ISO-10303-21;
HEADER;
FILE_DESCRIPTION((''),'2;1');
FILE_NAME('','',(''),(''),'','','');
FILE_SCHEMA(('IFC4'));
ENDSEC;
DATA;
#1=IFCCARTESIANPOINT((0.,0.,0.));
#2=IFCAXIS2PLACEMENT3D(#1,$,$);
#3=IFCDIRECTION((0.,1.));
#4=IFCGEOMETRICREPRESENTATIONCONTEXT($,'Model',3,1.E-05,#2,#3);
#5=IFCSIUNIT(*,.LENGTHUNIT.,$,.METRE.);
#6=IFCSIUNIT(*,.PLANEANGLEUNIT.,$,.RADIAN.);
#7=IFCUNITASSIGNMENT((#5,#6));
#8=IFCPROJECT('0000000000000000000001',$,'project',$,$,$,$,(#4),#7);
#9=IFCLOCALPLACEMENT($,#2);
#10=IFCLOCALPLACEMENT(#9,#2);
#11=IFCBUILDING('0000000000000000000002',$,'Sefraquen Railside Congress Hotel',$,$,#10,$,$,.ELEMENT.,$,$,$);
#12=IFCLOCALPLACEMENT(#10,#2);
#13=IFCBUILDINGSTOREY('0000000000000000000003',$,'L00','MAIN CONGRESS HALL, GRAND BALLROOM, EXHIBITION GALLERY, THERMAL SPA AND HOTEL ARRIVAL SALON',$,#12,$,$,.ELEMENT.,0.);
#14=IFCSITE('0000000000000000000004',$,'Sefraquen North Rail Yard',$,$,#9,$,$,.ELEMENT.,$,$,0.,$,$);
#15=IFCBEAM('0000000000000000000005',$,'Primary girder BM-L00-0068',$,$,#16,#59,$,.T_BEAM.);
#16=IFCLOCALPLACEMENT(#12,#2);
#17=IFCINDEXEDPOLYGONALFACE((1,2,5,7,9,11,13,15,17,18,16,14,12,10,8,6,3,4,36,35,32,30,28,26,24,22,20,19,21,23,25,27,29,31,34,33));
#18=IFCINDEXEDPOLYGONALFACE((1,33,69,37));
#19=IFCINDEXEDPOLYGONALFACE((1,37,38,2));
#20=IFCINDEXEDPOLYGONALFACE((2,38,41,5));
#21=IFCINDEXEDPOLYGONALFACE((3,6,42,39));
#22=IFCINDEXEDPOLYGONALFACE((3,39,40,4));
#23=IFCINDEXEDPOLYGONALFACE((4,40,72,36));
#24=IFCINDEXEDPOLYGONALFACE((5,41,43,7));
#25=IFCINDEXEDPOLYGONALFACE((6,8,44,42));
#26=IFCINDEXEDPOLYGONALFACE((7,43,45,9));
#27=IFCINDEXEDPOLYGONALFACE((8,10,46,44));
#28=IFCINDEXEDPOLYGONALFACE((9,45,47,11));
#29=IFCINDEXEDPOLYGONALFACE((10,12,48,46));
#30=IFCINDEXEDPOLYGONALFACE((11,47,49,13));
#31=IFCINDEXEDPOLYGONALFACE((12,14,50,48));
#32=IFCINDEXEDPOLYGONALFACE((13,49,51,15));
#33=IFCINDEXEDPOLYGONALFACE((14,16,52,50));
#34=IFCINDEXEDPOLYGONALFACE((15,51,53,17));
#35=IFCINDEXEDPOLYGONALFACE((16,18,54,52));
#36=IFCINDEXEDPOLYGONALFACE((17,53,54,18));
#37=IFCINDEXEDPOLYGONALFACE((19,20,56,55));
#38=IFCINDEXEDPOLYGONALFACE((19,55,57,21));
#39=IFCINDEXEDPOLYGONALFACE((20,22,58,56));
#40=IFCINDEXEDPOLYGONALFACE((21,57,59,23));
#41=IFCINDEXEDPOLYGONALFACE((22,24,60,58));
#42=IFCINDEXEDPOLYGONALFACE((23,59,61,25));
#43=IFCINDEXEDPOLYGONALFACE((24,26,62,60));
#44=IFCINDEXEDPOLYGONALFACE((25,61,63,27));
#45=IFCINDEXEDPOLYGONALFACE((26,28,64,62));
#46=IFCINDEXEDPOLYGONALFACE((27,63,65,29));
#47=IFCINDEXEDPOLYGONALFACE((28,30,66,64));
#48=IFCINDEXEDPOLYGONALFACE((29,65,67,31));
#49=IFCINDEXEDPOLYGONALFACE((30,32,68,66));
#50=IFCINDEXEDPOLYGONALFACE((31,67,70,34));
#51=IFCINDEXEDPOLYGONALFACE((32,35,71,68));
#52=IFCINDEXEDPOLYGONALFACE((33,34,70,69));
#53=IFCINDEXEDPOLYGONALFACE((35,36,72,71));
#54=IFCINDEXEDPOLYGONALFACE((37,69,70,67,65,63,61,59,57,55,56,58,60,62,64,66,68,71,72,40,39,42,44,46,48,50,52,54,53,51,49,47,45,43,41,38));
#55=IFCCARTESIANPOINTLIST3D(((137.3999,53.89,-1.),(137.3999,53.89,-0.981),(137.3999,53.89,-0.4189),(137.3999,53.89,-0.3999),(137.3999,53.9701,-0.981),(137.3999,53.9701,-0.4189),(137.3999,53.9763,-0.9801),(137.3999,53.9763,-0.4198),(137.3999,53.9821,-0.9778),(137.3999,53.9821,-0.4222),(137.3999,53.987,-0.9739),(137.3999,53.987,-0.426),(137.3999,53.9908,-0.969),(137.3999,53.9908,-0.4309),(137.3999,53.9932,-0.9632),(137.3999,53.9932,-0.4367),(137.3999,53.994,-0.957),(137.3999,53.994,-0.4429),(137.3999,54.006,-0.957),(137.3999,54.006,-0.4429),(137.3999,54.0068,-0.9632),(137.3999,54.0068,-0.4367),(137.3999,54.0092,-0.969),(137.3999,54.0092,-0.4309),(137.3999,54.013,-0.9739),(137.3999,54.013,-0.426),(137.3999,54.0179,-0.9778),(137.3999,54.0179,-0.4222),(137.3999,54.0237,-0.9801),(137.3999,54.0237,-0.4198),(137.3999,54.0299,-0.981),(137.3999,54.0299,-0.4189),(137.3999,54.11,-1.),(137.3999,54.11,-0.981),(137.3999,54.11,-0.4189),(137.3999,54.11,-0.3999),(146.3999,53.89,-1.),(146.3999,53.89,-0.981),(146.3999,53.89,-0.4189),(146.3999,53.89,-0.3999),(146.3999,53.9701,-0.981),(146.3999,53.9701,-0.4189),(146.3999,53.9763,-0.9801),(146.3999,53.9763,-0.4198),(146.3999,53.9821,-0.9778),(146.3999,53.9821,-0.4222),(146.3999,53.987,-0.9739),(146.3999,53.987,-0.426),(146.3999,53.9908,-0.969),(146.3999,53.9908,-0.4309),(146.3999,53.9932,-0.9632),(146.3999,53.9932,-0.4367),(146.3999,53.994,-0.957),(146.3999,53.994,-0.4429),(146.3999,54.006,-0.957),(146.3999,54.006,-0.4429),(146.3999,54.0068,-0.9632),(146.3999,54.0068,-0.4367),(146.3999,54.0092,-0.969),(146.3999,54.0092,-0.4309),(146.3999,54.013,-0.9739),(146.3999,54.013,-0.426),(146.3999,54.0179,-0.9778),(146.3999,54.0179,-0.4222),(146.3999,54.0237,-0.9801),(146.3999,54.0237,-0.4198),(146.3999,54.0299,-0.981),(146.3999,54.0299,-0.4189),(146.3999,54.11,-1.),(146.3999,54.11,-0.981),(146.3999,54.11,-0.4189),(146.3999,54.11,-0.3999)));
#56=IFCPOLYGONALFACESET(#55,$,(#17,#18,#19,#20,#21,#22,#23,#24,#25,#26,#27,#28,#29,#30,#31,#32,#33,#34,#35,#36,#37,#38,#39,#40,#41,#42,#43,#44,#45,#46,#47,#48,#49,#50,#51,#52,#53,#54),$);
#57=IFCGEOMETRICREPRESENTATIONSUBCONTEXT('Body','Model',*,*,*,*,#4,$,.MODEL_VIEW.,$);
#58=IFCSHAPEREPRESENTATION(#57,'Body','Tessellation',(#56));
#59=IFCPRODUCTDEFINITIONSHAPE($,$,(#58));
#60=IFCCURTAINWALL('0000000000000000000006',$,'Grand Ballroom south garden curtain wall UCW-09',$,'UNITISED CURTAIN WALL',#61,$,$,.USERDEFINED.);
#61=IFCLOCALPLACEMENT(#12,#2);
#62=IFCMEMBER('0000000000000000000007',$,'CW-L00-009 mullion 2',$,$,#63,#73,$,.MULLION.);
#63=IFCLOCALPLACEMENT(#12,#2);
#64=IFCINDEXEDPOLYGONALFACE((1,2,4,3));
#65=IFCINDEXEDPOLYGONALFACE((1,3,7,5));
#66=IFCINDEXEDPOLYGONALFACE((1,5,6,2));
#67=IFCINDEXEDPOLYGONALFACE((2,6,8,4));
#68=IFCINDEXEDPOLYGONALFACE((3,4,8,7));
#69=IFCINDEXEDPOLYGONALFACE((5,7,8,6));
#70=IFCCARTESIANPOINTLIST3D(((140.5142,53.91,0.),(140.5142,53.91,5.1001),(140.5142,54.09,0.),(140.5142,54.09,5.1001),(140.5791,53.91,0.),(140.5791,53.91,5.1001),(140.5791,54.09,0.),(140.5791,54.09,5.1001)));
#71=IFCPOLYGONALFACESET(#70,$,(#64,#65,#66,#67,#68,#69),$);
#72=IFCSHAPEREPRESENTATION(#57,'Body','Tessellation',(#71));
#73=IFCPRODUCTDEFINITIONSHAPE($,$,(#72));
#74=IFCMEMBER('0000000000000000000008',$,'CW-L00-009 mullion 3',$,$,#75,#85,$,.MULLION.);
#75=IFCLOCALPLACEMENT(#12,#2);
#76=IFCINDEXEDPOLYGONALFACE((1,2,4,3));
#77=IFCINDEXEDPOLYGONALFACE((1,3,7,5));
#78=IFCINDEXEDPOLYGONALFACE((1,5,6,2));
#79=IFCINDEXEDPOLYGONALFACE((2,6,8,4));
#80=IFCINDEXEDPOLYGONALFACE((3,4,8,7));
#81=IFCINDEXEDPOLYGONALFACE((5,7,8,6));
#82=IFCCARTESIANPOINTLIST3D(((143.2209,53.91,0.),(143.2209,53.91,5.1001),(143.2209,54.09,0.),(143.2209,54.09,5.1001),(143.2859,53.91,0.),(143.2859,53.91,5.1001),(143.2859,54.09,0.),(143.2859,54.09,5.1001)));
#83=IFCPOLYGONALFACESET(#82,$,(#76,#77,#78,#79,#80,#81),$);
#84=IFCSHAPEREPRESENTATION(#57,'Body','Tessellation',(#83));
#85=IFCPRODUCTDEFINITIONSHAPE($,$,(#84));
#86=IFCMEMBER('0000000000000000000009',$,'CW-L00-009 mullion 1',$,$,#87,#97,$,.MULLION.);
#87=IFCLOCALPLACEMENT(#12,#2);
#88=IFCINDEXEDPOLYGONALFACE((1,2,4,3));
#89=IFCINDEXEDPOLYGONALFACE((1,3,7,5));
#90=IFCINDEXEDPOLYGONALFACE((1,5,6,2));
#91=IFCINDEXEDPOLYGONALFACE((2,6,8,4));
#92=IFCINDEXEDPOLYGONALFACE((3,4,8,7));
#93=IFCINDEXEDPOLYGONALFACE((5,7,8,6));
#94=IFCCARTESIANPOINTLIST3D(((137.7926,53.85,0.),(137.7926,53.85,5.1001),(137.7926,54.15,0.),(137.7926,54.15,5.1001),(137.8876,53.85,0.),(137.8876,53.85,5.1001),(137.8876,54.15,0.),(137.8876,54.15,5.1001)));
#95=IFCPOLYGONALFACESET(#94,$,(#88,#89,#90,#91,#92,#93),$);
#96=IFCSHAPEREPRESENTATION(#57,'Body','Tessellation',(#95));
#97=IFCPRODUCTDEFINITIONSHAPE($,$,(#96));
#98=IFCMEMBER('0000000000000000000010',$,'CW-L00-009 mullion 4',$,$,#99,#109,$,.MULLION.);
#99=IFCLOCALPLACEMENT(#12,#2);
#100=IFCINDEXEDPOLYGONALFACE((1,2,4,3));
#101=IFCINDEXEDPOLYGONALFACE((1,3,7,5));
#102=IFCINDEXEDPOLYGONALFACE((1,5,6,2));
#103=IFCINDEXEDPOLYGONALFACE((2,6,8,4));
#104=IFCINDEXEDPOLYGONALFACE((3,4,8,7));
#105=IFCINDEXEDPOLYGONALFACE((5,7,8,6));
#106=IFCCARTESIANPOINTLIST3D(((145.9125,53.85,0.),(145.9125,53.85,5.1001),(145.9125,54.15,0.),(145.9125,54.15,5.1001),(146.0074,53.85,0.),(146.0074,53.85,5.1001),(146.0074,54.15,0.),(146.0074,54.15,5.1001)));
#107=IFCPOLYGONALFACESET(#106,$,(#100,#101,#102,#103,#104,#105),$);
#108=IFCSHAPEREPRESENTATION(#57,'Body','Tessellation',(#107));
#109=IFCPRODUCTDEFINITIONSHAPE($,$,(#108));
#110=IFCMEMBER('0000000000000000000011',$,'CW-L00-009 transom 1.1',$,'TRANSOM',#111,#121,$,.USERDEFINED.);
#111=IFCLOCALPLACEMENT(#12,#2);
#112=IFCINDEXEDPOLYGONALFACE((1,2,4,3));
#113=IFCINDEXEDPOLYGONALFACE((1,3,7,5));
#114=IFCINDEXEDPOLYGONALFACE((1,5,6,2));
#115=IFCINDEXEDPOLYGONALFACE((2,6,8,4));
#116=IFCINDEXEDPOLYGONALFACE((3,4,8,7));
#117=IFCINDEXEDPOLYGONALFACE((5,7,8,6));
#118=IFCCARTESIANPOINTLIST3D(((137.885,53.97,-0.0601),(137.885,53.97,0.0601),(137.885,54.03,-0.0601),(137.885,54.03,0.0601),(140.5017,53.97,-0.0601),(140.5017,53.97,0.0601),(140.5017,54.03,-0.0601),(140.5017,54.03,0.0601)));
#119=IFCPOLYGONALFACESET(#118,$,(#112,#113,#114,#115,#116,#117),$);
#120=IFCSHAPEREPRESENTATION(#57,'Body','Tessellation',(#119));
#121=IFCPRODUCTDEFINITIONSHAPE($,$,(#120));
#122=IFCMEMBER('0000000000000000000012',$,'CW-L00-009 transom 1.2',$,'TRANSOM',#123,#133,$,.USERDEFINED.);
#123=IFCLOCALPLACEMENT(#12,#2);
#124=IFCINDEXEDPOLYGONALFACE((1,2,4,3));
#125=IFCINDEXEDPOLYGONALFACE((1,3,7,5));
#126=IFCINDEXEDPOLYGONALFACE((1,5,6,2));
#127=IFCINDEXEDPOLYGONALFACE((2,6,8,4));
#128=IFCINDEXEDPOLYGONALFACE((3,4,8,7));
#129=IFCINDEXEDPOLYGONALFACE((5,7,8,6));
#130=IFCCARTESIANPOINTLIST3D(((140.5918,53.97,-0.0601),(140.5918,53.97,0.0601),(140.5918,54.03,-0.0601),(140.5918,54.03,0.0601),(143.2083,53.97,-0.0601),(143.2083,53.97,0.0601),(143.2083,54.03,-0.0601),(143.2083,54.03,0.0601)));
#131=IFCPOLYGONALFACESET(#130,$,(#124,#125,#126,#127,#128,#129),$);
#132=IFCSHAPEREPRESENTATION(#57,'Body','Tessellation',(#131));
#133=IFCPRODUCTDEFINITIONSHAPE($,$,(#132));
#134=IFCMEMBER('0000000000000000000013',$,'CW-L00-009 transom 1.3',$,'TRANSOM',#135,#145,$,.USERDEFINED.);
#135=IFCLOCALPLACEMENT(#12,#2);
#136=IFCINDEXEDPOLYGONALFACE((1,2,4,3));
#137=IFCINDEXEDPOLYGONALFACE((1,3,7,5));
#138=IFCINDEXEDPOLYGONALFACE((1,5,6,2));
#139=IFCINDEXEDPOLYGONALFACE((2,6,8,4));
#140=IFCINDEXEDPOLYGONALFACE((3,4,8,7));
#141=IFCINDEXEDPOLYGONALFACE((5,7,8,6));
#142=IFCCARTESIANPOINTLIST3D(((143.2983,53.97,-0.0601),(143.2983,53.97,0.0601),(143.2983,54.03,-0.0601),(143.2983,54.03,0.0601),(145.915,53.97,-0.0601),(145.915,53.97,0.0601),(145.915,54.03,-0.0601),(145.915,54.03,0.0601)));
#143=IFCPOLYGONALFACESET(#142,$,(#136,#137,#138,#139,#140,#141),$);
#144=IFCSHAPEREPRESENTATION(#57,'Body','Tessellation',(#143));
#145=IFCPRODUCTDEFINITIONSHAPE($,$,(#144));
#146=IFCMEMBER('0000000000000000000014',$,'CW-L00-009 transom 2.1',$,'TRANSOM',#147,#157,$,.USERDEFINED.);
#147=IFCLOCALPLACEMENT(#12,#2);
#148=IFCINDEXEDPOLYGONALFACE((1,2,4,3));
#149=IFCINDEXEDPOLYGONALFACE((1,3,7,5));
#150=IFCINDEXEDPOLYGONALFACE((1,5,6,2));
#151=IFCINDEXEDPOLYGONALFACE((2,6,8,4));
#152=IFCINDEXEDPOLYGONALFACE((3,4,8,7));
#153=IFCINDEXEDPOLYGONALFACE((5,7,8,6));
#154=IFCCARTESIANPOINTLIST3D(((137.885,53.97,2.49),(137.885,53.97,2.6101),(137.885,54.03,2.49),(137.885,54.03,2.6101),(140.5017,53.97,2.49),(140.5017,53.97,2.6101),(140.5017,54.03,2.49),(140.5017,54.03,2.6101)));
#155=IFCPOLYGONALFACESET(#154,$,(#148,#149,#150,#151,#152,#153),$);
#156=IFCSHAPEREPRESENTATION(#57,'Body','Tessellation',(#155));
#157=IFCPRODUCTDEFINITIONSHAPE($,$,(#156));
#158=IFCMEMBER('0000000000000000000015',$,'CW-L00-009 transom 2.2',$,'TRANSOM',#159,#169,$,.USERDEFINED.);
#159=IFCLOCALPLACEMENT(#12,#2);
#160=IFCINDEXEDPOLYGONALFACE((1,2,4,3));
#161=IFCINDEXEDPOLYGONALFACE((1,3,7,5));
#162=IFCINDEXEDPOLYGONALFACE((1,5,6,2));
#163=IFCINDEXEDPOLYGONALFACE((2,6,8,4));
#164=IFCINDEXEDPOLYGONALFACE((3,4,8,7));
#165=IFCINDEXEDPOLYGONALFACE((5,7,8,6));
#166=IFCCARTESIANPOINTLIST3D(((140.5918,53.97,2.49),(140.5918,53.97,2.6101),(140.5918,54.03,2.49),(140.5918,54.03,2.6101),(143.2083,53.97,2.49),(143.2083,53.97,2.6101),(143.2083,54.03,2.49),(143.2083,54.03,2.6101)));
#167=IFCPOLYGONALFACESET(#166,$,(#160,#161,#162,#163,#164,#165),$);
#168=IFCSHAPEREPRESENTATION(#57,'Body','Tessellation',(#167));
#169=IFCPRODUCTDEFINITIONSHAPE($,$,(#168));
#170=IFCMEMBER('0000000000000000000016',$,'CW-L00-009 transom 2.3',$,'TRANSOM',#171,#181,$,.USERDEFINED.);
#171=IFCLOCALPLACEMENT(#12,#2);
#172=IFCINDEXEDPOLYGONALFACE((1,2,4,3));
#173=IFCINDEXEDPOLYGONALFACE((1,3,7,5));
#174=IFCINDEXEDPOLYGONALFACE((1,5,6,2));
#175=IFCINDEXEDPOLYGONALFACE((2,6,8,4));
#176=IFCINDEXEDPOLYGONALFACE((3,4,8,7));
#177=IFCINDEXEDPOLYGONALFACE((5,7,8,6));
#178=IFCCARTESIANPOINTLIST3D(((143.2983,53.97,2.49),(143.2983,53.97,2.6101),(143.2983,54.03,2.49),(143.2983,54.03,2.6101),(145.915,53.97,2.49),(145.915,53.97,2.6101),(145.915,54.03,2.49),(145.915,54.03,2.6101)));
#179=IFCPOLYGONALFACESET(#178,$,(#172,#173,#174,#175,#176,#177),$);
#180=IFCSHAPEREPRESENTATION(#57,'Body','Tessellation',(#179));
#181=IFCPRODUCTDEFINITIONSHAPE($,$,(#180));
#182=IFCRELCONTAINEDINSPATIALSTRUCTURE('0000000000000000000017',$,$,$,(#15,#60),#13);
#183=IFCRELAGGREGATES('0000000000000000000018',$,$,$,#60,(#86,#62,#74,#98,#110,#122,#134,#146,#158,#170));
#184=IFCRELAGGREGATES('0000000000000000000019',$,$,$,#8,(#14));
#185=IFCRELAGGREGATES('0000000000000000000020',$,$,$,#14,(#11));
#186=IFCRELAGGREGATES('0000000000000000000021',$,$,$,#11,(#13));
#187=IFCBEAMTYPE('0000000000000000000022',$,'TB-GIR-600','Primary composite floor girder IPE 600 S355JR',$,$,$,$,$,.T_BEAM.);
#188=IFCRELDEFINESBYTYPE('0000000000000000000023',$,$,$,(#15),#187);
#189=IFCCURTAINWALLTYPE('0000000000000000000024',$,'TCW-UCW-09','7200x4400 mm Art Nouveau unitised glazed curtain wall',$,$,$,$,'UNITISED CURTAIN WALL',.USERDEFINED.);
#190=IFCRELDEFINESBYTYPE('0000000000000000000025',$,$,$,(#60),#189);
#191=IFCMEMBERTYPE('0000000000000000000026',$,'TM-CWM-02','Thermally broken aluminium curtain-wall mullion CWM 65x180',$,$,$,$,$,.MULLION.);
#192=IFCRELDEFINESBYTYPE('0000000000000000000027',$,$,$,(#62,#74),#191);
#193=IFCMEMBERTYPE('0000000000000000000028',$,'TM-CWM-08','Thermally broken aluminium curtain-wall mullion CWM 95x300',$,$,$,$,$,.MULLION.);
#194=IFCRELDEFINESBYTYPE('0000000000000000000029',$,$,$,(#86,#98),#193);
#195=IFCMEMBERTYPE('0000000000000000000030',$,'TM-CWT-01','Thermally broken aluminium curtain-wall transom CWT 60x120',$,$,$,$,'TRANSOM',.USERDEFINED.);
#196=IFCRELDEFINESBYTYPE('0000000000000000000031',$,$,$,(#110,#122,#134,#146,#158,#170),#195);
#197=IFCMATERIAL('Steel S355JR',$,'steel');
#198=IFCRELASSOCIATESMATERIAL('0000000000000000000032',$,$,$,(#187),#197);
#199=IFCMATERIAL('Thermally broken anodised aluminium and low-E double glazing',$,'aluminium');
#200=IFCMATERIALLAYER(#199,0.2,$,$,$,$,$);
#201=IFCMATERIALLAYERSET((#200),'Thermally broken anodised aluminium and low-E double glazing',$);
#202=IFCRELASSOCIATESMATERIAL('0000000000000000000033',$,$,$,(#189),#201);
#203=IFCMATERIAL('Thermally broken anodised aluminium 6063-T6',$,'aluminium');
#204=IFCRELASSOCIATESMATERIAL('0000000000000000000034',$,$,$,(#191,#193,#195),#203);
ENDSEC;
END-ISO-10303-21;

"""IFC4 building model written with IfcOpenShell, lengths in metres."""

from ifc_helpers import new_model, si_unit, direction, frame, origin, origin_2d, place, context, subcontext, project, spatial, rectangle, i_section, extrude, material, layer, layer_set, material_profile, profile_set, type_object, element, aggregate, save


model = new_model("IFC4")

# Units and contexts
model_context = context("Model", 3, precision=1e-05, world=origin(), true_north=direction((0.0, 1.0)))
body_context = subcontext(model_context, "Body", "Model", "MODEL_VIEW")
ifc_project = project(units=[si_unit("LENGTHUNIT", "METRE"), si_unit("PLANEANGLEUNIT", "RADIAN")], contexts=[model_context])

# Site, building, storey
site_placement = place(None, origin())
site = spatial("IfcSite", under=ifc_project, at=site_placement, Name="Sefraquen North Rail Yard", CompositionType="ELEMENT", RefElevation=0.0)
building_placement = place(site_placement, origin())
building = spatial("IfcBuilding", under=site, at=building_placement, Name="Sefraquen Railside Congress Hotel", CompositionType="ELEMENT")
storey_placement = place(building_placement, origin())
storey = spatial("IfcBuildingStorey", under=building, at=storey_placement, Name="L00", Description="MAIN CONGRESS HALL, GRAND BALLROOM, EXHIBITION GALLERY, THERMAL SPA AND HOTEL ARRIVAL SALON", CompositionType="ELEMENT", Elevation=0.0)

# Shared definitions
ifc_material_1 = material(Name="Steel S355JR", Category="steel")

# Beam
ifc_material_profile_1 = material_profile(ifc_material_1, i_section(OverallWidth=0.22, OverallDepth=0.6001, WebThickness=0.012, FlangeThickness=0.019, FilletRadius=0.0239, at=origin_2d()), Name="IPE 600")
ifc_profile_set_1 = profile_set([ifc_material_profile_1], Name="Steel S355JR")
beam_type_1 = type_object("IfcBeamType", Name="TB-GIR-600", Description="Primary composite floor girder IPE 600 S355JR", PredefinedType="T_BEAM", material=ifc_profile_set_1)
for number, where, z_axis, x_axis, name in (
    (1, (137.3999, 54.0, -0.7), (1.0, 0.0, 0.0), (0.0, 1.0, 0.0), "Primary girder BM-L00-0068"),
):
    element("IfcBeam", number, at=place(storey_placement, frame(where, z_axis=z_axis, x_axis=x_axis)), inside=storey, type_object=beam_type_1, Name=name, PredefinedType="T_BEAM", context=body_context, shape_type="SweptSolid", body=[
        extrude(i_section(OverallWidth=0.22, OverallDepth=0.6001, WebThickness=0.012, FlangeThickness=0.019, FilletRadius=0.0239, at=origin_2d()), origin(), (0.0, 0.0, 1.0), 9.0),
    ])

# Curtain wall, members
ifc_material_2 = material(Name="Thermally broken anodised aluminium and low-E double glazing", Category="aluminium")
ifc_layer_1 = layer(ifc_material_2, 0.2)
ifc_layer_set_1 = layer_set([ifc_layer_1], Name="Thermally broken anodised aluminium and low-E double glazing")
curtain_wall_type = type_object("IfcCurtainWallType", Name="TCW-UCW-09", Description="7200x4400 mm Art Nouveau unitised glazed curtain wall", ElementType="UNITISED CURTAIN WALL", PredefinedType="USERDEFINED", material=ifc_layer_set_1)
curtain_wall_placement = place(storey_placement, origin())
curtain_wall = element("IfcCurtainWall", 2, at=curtain_wall_placement, inside=storey, type_object=curtain_wall_type, Name="Grand Ballroom south garden curtain wall UCW-09", ObjectType="UNITISED CURTAIN WALL", PredefinedType="USERDEFINED")
ifc_material_3 = material(Name="Thermally broken anodised aluminium 6063-T6", Category="aluminium")
ifc_material_profile_2 = material_profile(ifc_material_3, rectangle(XDim=0.0649, YDim=0.1799, at=origin_2d()), Name="CWM 65x180")
ifc_profile_set_2 = profile_set([ifc_material_profile_2], Name="Thermally broken anodised aluminium 6063-T6")
member_type_1 = type_object("IfcMemberType", Name="TM-CWM-02", Description="Thermally broken aluminium curtain-wall mullion CWM 65x180", PredefinedType="MULLION", material=ifc_profile_set_2)
member_1_placement = place(storey_placement, frame((140.5466, 54.0, 0.0), z_axis=(0.0, 0.0, 1.0), x_axis=(1.0, 0.0, 0.0)))
member_1 = element("IfcMember", 3, at=member_1_placement, type_object=member_type_1, Name="CW-L00-009 mullion 2", PredefinedType="MULLION", context=body_context, shape_type="SweptSolid", body=[
    extrude(rectangle(XDim=0.0649, YDim=0.1799, at=origin_2d()), origin(), (0.0, 0.0, 1.0), 5.1001),
])
member_2_placement = place(storey_placement, frame((143.2534, 54.0, 0.0), z_axis=(0.0, 0.0, 1.0), x_axis=(1.0, 0.0, 0.0)))
member_2 = element("IfcMember", 4, at=member_2_placement, type_object=member_type_1, Name="CW-L00-009 mullion 3", PredefinedType="MULLION", context=body_context, shape_type="SweptSolid", body=[
    extrude(rectangle(XDim=0.0649, YDim=0.1799, at=origin_2d()), origin(), (0.0, 0.0, 1.0), 5.1001),
])
ifc_material_profile_3 = material_profile(ifc_material_3, rectangle(XDim=0.095, YDim=0.3, at=origin_2d()), Name="CWM 95x300")
ifc_profile_set_3 = profile_set([ifc_material_profile_3], Name="Thermally broken anodised aluminium 6063-T6")
member_type_2 = type_object("IfcMemberType", Name="TM-CWM-08", Description="Thermally broken aluminium curtain-wall mullion CWM 95x300", PredefinedType="MULLION", material=ifc_profile_set_3)
member_3_placement = place(storey_placement, frame((137.8401, 54.0, 0.0), z_axis=(0.0, 0.0, 1.0), x_axis=(1.0, 0.0, 0.0)))
member_3 = element("IfcMember", 5, at=member_3_placement, type_object=member_type_2, Name="CW-L00-009 mullion 1", PredefinedType="MULLION", context=body_context, shape_type="SweptSolid", body=[
    extrude(rectangle(XDim=0.095, YDim=0.3, at=origin_2d()), origin(), (0.0, 0.0, 1.0), 5.1001),
])
member_4_placement = place(storey_placement, frame((145.96, 54.0, 0.0), z_axis=(0.0, 0.0, 1.0), x_axis=(1.0, 0.0, 0.0)))
member_4 = element("IfcMember", 6, at=member_4_placement, type_object=member_type_2, Name="CW-L00-009 mullion 4", PredefinedType="MULLION", context=body_context, shape_type="SweptSolid", body=[
    extrude(rectangle(XDim=0.095, YDim=0.3, at=origin_2d()), origin(), (0.0, 0.0, 1.0), 5.1001),
])
ifc_material_profile_4 = material_profile(ifc_material_3, rectangle(XDim=0.0601, YDim=0.1201, at=origin_2d()), Name="CWT 60x120")
ifc_profile_set_4 = profile_set([ifc_material_profile_4], Name="Thermally broken anodised aluminium 6063-T6")
member_type_3 = type_object("IfcMemberType", Name="TM-CWT-01", Description="Thermally broken aluminium curtain-wall transom CWT 60x120", ElementType="TRANSOM", PredefinedType="USERDEFINED", material=ifc_profile_set_4)
member_5_placement = place(storey_placement, frame((137.885, 54.0, 0.0), z_axis=(1.0, 0.0, 0.0), x_axis=(0.0, 1.0, 0.0)))
member_5 = element("IfcMember", 7, at=member_5_placement, type_object=member_type_3, Name="CW-L00-009 transom 1.1", ObjectType="TRANSOM", PredefinedType="USERDEFINED", context=body_context, shape_type="SweptSolid", body=[
    extrude(rectangle(XDim=0.0601, YDim=0.1201, at=origin_2d()), origin(), (0.0, 0.0, 1.0), 2.6167),
])
member_6_placement = place(storey_placement, frame((140.5918, 54.0, 0.0), z_axis=(1.0, 0.0, 0.0), x_axis=(0.0, 1.0, 0.0)))
member_6 = element("IfcMember", 8, at=member_6_placement, type_object=member_type_3, Name="CW-L00-009 transom 1.2", ObjectType="TRANSOM", PredefinedType="USERDEFINED", context=body_context, shape_type="SweptSolid", body=[
    extrude(rectangle(XDim=0.0601, YDim=0.1201, at=origin_2d()), origin(), (0.0, 0.0, 1.0), 2.6165),
])
member_7_placement = place(storey_placement, frame((143.2983, 54.0, 0.0), z_axis=(1.0, 0.0, 0.0), x_axis=(0.0, 1.0, 0.0)))
member_7 = element("IfcMember", 9, at=member_7_placement, type_object=member_type_3, Name="CW-L00-009 transom 1.3", ObjectType="TRANSOM", PredefinedType="USERDEFINED", context=body_context, shape_type="SweptSolid", body=[
    extrude(rectangle(XDim=0.0601, YDim=0.1201, at=origin_2d()), origin(), (0.0, 0.0, 1.0), 2.6167),
])
member_8_placement = place(storey_placement, frame((137.885, 54.0, 2.55), z_axis=(1.0, 0.0, 0.0), x_axis=(0.0, 1.0, 0.0)))
member_8 = element("IfcMember", 10, at=member_8_placement, type_object=member_type_3, Name="CW-L00-009 transom 2.1", ObjectType="TRANSOM", PredefinedType="USERDEFINED", context=body_context, shape_type="SweptSolid", body=[
    extrude(rectangle(XDim=0.0601, YDim=0.1201, at=origin_2d()), origin(), (0.0, 0.0, 1.0), 2.6167),
])
member_9_placement = place(storey_placement, frame((140.5918, 54.0, 2.55), z_axis=(1.0, 0.0, 0.0), x_axis=(0.0, 1.0, 0.0)))
member_9 = element("IfcMember", 11, at=member_9_placement, type_object=member_type_3, Name="CW-L00-009 transom 2.2", ObjectType="TRANSOM", PredefinedType="USERDEFINED", context=body_context, shape_type="SweptSolid", body=[
    extrude(rectangle(XDim=0.0601, YDim=0.1201, at=origin_2d()), origin(), (0.0, 0.0, 1.0), 2.6165),
])
member_10_placement = place(storey_placement, frame((143.2983, 54.0, 2.55), z_axis=(1.0, 0.0, 0.0), x_axis=(0.0, 1.0, 0.0)))
member_10 = element("IfcMember", 12, at=member_10_placement, type_object=member_type_3, Name="CW-L00-009 transom 2.3", ObjectType="TRANSOM", PredefinedType="USERDEFINED", context=body_context, shape_type="SweptSolid", body=[
    extrude(rectangle(XDim=0.0601, YDim=0.1201, at=origin_2d()), origin(), (0.0, 0.0, 1.0), 2.6167),
])
aggregate(curtain_wall, [member_3, member_1, member_2, member_4, member_5, member_6, member_7, member_8, member_9, member_10])

save(model, "model.ifc")
